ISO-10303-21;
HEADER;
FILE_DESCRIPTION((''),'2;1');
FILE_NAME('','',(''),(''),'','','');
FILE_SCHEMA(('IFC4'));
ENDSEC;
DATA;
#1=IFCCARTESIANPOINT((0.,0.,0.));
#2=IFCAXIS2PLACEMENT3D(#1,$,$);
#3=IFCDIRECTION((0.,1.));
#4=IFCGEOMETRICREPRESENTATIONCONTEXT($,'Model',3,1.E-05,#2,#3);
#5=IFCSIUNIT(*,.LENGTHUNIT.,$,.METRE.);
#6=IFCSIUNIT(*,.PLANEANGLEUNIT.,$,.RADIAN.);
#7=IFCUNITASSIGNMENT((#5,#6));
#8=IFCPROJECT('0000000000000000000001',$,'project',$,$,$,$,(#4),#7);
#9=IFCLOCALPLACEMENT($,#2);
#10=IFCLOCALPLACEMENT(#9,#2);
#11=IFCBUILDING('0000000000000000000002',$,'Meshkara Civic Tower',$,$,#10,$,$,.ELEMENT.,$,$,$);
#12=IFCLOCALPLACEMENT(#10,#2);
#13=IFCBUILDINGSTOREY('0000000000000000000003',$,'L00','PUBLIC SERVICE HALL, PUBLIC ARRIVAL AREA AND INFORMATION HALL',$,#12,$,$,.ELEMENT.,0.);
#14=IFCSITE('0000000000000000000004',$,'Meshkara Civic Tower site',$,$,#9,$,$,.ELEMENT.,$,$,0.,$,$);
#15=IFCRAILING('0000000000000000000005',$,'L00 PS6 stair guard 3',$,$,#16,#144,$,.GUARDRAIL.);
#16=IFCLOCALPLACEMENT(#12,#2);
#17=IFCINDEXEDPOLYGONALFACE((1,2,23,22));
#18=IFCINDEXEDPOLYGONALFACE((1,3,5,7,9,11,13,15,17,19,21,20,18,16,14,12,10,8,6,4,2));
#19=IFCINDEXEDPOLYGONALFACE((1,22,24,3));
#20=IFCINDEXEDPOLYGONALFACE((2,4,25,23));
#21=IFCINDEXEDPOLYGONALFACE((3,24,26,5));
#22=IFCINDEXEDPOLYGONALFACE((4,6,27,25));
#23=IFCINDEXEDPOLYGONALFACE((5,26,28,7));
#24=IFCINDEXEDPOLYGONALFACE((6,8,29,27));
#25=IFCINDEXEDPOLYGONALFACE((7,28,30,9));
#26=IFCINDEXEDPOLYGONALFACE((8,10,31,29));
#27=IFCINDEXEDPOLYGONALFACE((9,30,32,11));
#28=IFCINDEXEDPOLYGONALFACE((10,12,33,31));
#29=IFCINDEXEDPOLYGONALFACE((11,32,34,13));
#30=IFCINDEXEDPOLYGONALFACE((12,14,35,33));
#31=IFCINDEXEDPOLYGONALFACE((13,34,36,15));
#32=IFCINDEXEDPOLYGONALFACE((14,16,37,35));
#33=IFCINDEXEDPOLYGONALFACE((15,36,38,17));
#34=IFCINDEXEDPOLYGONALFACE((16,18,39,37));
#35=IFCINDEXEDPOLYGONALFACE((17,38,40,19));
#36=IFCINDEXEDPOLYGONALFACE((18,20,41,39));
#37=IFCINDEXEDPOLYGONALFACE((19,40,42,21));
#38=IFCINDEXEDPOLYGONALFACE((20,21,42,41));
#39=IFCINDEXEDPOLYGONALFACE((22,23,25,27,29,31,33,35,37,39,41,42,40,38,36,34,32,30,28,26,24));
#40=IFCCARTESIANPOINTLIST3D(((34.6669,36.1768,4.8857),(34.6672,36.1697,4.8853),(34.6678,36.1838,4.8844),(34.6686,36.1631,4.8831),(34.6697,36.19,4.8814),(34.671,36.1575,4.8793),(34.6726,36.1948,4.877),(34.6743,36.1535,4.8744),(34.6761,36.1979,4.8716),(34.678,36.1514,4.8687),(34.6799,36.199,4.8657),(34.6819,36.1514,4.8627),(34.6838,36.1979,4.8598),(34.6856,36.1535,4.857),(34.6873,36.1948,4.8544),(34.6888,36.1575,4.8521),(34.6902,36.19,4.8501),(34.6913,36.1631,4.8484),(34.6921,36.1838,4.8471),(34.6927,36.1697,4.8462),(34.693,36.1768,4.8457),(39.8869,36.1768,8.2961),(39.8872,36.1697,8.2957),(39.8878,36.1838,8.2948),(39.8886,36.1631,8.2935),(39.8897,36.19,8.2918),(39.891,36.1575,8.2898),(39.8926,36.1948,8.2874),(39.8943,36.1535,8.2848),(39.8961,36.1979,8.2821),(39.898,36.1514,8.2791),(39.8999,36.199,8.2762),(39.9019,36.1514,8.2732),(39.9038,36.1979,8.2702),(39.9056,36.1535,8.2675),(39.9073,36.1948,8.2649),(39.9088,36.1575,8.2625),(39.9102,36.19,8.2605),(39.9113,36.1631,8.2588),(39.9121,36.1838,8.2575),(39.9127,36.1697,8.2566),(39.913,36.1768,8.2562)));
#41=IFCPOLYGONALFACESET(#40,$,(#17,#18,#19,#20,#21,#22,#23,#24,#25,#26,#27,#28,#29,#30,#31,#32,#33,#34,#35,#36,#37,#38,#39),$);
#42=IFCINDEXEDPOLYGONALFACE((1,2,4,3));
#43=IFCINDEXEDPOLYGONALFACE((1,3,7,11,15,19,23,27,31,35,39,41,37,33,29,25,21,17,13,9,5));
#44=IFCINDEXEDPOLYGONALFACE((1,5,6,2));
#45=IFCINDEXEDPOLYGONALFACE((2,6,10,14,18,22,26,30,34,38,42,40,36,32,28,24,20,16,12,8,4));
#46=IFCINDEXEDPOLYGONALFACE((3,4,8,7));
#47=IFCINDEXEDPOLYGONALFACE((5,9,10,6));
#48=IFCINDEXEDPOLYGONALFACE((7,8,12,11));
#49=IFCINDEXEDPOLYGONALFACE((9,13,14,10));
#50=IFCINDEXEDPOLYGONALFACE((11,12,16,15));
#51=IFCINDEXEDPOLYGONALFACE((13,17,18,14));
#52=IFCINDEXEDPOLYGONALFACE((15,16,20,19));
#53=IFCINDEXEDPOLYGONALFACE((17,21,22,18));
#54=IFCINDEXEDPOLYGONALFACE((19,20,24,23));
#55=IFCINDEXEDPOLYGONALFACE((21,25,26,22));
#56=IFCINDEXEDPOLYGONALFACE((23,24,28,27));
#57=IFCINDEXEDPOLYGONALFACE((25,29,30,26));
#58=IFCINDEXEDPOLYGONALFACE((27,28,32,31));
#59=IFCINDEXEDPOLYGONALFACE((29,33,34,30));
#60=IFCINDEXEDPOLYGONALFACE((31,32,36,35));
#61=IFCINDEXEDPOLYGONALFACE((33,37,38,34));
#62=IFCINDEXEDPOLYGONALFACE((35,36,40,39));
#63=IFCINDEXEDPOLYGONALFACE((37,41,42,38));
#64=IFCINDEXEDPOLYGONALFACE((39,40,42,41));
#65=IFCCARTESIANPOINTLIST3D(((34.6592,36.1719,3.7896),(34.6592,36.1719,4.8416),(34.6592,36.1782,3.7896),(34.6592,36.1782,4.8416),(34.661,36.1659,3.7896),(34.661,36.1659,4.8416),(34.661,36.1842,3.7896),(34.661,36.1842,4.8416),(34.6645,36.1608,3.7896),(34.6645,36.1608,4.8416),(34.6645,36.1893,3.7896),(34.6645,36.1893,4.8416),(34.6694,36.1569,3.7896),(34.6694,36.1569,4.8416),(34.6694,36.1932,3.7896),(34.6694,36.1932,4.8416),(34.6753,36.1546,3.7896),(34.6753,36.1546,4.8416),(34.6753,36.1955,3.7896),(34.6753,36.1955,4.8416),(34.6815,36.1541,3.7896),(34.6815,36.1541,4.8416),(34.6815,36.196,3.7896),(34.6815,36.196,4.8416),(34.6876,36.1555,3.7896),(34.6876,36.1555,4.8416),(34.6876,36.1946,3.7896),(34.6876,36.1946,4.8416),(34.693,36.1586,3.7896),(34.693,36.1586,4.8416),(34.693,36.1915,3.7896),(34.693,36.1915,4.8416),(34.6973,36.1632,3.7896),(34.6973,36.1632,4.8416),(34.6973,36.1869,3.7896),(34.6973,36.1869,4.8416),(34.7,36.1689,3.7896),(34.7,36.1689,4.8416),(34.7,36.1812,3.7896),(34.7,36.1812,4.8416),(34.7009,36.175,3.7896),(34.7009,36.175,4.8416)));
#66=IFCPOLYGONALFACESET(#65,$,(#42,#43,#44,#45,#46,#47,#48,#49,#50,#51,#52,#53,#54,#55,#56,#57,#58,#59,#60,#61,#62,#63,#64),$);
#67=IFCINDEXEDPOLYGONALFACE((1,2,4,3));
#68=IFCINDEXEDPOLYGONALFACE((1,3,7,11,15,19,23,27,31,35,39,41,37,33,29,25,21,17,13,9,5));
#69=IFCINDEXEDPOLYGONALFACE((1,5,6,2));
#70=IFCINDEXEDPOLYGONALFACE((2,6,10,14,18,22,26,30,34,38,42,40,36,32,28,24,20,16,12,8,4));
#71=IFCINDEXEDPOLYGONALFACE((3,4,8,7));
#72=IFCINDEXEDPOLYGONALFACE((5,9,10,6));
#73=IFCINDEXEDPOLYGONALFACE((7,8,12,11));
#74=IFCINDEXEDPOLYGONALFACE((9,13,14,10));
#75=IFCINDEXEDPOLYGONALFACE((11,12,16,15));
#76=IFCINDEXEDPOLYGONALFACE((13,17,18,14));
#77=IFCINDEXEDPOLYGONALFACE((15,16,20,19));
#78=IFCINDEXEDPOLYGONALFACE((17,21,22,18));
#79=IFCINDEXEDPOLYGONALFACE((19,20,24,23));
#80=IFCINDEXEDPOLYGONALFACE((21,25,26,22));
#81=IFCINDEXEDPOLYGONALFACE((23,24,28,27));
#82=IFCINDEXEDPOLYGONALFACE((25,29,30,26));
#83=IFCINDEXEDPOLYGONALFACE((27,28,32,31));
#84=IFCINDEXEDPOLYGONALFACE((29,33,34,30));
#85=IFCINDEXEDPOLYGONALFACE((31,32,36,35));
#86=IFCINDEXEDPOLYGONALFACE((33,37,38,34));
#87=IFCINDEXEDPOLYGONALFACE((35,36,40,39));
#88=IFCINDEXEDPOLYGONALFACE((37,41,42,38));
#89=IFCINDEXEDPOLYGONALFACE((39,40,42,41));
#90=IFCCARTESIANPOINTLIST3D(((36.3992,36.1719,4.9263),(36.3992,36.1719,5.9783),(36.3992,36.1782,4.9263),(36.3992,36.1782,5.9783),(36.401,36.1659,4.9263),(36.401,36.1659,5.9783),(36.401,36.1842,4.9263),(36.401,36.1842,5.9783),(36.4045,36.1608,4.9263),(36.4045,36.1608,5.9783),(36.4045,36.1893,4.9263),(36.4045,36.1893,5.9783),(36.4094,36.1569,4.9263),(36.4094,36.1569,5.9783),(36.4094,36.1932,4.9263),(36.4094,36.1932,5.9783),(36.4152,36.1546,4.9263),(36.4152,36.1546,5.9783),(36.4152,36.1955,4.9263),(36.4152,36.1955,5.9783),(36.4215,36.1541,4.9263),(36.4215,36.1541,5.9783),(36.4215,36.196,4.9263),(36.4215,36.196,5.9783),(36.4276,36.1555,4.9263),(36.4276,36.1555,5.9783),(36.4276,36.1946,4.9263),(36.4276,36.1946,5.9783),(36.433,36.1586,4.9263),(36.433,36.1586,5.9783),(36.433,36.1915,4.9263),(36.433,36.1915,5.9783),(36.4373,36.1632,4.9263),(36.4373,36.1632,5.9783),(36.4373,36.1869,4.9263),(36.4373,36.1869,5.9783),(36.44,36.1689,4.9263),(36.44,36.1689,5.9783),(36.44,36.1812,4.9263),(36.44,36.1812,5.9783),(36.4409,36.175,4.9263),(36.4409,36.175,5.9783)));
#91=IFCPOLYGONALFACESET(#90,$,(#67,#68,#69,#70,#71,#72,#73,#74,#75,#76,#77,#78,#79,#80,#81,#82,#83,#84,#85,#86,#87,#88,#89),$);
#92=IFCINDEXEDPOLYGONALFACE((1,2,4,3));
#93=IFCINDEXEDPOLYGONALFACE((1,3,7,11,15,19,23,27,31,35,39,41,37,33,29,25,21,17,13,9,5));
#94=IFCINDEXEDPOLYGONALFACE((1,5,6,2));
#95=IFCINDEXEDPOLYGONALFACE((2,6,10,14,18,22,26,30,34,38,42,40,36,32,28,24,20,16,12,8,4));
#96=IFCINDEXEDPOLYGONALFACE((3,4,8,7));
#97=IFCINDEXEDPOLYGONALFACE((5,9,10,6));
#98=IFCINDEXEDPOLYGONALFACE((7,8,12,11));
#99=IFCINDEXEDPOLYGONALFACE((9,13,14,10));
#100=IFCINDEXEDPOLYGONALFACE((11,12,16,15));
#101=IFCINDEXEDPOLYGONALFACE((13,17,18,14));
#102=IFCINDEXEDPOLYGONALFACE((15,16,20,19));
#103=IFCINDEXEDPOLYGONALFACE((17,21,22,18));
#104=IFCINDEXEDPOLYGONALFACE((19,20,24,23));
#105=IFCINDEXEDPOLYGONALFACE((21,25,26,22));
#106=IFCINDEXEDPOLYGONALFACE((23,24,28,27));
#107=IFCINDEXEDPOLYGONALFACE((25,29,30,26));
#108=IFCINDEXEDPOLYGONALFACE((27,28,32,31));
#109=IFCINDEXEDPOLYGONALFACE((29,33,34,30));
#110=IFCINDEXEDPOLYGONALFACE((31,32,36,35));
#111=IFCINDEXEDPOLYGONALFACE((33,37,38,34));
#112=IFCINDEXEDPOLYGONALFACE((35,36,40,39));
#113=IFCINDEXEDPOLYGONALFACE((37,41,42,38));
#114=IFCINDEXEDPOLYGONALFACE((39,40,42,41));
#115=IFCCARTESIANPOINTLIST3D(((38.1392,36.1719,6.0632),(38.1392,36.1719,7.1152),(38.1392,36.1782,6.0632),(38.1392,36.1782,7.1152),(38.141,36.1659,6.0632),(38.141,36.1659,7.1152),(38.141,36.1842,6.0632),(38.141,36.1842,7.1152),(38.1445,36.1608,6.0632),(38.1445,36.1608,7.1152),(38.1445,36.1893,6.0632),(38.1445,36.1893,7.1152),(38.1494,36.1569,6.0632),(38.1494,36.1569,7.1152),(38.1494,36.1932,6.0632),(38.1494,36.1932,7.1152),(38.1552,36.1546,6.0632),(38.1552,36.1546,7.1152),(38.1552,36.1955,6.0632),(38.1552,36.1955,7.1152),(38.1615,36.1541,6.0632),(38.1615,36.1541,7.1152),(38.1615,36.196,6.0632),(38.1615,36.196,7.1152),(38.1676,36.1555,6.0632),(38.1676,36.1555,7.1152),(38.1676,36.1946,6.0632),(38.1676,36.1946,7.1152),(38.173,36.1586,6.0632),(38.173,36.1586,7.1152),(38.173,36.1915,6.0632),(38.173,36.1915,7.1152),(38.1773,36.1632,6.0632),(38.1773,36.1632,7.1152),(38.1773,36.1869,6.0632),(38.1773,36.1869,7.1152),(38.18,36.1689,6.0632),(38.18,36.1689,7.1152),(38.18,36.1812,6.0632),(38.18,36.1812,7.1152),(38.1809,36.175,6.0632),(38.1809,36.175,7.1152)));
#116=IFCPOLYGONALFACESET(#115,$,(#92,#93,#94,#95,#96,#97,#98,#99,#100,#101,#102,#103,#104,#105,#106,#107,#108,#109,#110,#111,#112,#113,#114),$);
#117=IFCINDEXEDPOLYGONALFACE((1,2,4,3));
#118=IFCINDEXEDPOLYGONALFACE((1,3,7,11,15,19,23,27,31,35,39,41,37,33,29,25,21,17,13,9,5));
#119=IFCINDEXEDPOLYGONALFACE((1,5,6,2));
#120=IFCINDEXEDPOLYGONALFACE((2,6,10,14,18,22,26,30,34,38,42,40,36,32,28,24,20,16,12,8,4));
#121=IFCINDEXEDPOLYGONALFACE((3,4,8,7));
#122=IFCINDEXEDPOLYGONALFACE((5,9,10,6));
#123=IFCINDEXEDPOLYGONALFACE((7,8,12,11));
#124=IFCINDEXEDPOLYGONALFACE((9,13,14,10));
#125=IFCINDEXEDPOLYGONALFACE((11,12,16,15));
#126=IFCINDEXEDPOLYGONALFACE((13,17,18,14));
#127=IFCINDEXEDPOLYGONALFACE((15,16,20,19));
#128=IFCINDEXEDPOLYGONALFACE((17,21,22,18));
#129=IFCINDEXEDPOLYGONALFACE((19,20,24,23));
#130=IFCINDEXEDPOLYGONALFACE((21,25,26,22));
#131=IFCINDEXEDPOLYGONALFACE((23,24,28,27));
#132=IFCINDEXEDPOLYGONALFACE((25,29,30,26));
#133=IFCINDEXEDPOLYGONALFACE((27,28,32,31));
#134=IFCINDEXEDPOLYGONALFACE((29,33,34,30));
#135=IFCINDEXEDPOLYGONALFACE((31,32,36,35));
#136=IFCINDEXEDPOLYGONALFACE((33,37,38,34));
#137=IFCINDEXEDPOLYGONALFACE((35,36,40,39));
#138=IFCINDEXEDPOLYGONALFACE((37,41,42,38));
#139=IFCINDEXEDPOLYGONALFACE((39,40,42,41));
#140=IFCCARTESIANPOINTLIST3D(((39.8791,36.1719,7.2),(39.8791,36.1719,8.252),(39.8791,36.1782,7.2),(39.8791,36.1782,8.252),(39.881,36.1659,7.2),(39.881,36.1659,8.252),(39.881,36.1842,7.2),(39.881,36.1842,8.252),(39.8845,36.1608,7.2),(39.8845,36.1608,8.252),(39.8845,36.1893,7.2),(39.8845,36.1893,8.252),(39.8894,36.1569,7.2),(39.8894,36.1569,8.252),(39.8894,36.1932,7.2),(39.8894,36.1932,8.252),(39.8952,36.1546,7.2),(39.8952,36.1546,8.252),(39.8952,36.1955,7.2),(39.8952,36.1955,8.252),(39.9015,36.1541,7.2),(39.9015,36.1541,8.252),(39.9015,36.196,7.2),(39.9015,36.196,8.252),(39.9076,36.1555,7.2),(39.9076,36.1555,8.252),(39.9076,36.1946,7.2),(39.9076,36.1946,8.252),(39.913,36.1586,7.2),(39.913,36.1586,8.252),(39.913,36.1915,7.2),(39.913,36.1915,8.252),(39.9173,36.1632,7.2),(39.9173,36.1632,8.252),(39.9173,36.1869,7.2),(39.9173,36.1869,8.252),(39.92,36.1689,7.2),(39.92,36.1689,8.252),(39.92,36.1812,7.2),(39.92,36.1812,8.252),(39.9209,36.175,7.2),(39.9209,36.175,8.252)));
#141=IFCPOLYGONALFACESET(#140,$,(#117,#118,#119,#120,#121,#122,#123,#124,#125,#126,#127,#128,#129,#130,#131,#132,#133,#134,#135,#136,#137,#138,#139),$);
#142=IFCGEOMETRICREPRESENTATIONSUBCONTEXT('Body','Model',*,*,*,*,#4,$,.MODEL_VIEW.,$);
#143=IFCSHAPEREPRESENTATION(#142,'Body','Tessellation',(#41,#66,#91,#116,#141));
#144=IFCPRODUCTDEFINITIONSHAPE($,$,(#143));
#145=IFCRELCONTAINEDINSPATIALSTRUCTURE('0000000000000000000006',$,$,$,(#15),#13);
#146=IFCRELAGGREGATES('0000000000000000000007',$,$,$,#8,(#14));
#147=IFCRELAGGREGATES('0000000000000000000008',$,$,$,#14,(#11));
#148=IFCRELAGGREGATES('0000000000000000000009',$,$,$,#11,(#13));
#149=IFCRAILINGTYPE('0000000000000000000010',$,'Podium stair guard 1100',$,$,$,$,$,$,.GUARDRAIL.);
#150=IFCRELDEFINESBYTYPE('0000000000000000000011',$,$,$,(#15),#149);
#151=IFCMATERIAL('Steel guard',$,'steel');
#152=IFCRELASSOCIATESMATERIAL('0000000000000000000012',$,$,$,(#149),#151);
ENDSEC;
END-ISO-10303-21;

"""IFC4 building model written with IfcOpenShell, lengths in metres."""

from ifc_helpers import new_model, si_unit, direction, frame, origin, origin_2d, place, context, subcontext, project, spatial, circle, extrude, material, type_object, element, save


model = new_model("IFC4")

# Units and contexts
model_context = context("Model", 3, precision=1e-05, world=origin(), true_north=direction((0.0, 1.0)))
body_context = subcontext(model_context, "Body", "Model", "MODEL_VIEW")
ifc_project = project(units=[si_unit("LENGTHUNIT", "METRE"), si_unit("PLANEANGLEUNIT", "RADIAN")], contexts=[model_context])

# Site, building, storey
site_placement = place(None, origin())
site = spatial("IfcSite", under=ifc_project, at=site_placement, Name="Meshkara Civic Tower site", CompositionType="ELEMENT", RefElevation=0.0)
building_placement = place(site_placement, origin())
building = spatial("IfcBuilding", under=site, at=building_placement, Name="Meshkara Civic Tower", CompositionType="ELEMENT")
storey_placement = place(building_placement, origin())
storey = spatial("IfcBuildingStorey", under=building, at=storey_placement, Name="L00", Description="PUBLIC SERVICE HALL, PUBLIC ARRIVAL AREA AND INFORMATION HALL", CompositionType="ELEMENT", Elevation=0.0)

# Railing
ifc_material_1 = material(Name="Steel guard", Category="steel")
railing_type_1 = type_object("IfcRailingType", Name="Podium stair guard 1100", PredefinedType="GUARDRAIL", material=ifc_material_1)
railing_1_placement = place(storey_placement, frame((34.6799, 36.175, 3.7896)))
element("IfcRailing", 1, at=railing_1_placement, inside=storey, type_object=railing_type_1, Name="L00 PS6 stair guard 3", PredefinedType="GUARDRAIL", context=body_context, shape_type="SweptSolid", body=[
    extrude(circle(Radius=0.0239, at=origin_2d()), frame((0.0, 0.0, 1.0762), z_axis=(0.837165, 0.0, 0.546951), x_axis=(0.0, 1.0, 0.0)), (0.0, 0.0, 1.0), 6.2354),
    extrude(circle(Radius=0.021, at=origin_2d()), origin(), (0.0, 0.0, 1.0), 1.052),
    extrude(circle(Radius=0.021, at=origin_2d()), frame((1.74, 0.0, 1.1367)), (0.0, 0.0, 1.0), 1.052),
    extrude(circle(Radius=0.021, at=origin_2d()), frame((3.48, 0.0, 2.2737)), (0.0, 0.0, 1.0), 1.052),
    extrude(circle(Radius=0.021, at=origin_2d()), frame((5.22, 0.0, 3.4104)), (0.0, 0.0, 1.0), 1.052),
])

save(model, "model.ifc")
